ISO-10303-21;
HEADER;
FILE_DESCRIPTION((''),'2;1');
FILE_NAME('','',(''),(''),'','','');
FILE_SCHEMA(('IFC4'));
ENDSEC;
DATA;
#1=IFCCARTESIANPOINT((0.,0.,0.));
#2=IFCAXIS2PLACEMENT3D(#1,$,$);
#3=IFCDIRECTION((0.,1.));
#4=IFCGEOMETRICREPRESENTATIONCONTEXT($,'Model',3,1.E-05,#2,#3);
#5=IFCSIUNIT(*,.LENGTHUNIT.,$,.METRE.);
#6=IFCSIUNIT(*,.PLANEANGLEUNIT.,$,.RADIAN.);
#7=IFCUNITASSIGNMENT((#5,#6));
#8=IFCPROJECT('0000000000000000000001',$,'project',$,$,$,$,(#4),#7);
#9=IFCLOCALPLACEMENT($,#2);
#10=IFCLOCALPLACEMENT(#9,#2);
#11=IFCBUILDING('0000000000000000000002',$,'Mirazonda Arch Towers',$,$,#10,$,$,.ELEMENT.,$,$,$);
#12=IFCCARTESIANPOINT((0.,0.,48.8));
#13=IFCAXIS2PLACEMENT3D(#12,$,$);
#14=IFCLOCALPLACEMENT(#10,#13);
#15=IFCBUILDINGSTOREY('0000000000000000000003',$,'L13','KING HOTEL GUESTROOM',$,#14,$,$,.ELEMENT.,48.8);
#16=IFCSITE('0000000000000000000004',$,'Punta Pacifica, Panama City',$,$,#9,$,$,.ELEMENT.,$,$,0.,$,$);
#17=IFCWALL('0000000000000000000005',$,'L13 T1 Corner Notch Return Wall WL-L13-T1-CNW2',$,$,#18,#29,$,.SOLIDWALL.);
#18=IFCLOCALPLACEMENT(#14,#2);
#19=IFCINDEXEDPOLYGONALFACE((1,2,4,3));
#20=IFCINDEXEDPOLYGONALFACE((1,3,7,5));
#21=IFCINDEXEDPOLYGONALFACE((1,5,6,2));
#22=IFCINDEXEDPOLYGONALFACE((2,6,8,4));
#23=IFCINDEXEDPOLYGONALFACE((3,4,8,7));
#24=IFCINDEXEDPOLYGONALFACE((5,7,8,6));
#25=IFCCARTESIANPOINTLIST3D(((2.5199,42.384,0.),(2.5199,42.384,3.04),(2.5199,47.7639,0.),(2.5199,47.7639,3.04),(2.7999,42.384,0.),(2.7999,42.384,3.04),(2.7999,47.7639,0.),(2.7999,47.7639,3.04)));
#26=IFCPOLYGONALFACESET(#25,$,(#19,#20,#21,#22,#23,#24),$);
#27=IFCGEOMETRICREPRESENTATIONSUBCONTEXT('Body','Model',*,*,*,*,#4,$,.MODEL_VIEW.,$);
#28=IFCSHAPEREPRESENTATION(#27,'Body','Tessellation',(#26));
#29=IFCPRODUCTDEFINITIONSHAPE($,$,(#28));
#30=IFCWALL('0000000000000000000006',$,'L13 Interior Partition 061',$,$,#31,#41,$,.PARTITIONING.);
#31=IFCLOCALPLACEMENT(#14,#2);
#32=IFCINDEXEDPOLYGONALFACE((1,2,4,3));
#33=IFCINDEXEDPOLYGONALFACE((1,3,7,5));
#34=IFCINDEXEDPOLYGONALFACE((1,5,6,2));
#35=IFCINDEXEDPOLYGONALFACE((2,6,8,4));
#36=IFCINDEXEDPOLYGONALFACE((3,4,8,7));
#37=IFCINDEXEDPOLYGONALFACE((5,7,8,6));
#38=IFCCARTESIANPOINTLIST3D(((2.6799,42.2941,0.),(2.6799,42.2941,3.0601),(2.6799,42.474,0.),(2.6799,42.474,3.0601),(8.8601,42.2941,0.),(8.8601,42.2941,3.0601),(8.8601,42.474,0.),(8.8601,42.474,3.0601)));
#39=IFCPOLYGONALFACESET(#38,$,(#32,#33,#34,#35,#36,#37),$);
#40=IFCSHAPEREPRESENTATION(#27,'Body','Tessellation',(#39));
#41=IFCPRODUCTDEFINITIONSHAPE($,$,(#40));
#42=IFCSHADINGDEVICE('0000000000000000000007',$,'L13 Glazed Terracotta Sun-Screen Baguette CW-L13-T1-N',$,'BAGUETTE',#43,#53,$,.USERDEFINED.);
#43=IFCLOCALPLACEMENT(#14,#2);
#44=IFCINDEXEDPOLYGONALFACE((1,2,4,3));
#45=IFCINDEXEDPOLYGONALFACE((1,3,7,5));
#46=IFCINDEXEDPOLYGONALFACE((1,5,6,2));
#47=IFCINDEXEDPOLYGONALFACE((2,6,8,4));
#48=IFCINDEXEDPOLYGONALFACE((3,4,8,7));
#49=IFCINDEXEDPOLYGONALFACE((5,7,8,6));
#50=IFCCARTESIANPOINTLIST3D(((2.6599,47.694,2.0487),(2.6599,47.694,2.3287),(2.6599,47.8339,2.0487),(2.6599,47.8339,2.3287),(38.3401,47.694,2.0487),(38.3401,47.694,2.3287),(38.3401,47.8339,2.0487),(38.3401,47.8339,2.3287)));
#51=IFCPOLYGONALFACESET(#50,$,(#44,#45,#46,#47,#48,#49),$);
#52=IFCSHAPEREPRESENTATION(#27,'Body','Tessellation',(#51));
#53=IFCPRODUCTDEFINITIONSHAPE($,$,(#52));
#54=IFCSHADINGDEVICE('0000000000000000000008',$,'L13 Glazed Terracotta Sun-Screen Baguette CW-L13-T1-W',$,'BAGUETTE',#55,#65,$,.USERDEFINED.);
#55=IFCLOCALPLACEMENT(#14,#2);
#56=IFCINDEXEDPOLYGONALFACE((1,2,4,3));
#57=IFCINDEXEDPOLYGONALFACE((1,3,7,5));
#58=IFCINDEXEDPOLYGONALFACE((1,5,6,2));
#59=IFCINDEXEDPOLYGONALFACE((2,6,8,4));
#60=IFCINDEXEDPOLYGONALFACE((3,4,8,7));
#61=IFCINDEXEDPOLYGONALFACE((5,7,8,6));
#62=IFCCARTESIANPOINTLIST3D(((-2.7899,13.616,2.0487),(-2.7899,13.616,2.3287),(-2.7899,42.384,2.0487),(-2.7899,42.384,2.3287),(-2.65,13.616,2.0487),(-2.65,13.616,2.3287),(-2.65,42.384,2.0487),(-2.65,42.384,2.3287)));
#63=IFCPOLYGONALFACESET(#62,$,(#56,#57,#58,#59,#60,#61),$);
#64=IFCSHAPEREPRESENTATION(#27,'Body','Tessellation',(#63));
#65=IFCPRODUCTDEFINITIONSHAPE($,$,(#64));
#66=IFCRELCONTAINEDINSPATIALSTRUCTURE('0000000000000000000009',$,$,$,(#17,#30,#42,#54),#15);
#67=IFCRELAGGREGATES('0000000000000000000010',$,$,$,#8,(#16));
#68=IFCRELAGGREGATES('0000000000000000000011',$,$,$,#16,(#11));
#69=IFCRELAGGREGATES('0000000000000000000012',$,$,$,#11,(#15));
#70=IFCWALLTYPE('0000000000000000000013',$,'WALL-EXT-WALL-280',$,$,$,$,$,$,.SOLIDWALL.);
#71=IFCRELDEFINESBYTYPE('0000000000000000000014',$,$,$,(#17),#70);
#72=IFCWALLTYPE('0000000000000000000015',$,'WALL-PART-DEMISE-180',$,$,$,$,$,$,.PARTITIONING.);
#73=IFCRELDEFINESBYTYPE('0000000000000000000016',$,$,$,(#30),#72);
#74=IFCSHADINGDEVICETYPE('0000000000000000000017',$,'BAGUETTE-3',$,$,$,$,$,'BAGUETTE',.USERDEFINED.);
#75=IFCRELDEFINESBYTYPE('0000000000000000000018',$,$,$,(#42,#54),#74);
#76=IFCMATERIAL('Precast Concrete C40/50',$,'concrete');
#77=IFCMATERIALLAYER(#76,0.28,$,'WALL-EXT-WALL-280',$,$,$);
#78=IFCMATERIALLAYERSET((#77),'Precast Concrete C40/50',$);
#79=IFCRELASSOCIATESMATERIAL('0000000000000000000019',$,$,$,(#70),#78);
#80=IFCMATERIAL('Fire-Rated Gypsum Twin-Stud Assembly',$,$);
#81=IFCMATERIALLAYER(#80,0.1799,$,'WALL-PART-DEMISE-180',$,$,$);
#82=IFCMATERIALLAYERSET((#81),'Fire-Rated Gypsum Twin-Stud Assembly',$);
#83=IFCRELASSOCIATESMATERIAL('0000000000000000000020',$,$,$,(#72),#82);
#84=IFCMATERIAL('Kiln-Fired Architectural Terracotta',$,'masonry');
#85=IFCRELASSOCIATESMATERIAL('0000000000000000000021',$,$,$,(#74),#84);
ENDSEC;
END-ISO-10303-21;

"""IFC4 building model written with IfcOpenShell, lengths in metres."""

from ifc_helpers import new_model, si_unit, direction, frame, frame_2d, origin, origin_2d, place, context, subcontext, project, spatial, rectangle, extrude, material, layer, layer_set, material_profile, profile_set, type_object, element, save


model = new_model("IFC4")

# Units and contexts
model_context = context("Model", 3, precision=1e-05, world=origin(), true_north=direction((0.0, 1.0)))
body_context = subcontext(model_context, "Body", "Model", "MODEL_VIEW")
ifc_project = project(units=[si_unit("LENGTHUNIT", "METRE"), si_unit("PLANEANGLEUNIT", "RADIAN")], contexts=[model_context])

# Site, building, storey
site_placement = place(None, origin())
site = spatial("IfcSite", under=ifc_project, at=site_placement, Name="Punta Pacifica, Panama City", CompositionType="ELEMENT", RefElevation=0.0)
building_placement = place(site_placement, origin())
building = spatial("IfcBuilding", under=site, at=building_placement, Name="Mirazonda Arch Towers", CompositionType="ELEMENT")
storey_placement = place(building_placement, frame((0.0, 0.0, 48.8)))
storey = spatial("IfcBuildingStorey", under=building, at=storey_placement, Name="L13", Description="KING HOTEL GUESTROOM", CompositionType="ELEMENT", Elevation=48.8)

# Shared definitions
ifc_material_1 = material(Name="Precast Concrete C40/50", Category="concrete")
ifc_layer_1 = layer(ifc_material_1, 0.28, Name="WALL-EXT-WALL-280")
ifc_layer_set_1 = layer_set([ifc_layer_1], Name="Precast Concrete C40/50")
wall_type_1 = type_object("IfcWallType", Name="WALL-EXT-WALL-280", PredefinedType="SOLIDWALL", material=ifc_layer_set_1)

# Walls
wall_1_placement = place(storey_placement, frame((2.6599, 47.7639, 0.0), z_axis=(0.0, 0.0, 1.0), x_axis=(0.0, -1.0, 0.0)))
element("IfcWall", 1, at=wall_1_placement, inside=storey, type_object=wall_type_1, Name="L13 T1 Corner Notch Return Wall WL-L13-T1-CNW2", PredefinedType="SOLIDWALL", context=body_context, shape_type="SweptSolid", body=[
    extrude(rectangle(XDim=5.3799, YDim=0.28, at=frame_2d((2.6899, 0.0))), origin(), (0.0, 0.0, 1.0), 3.04),
])
ifc_material_2 = material(Name="Fire-Rated Gypsum Twin-Stud Assembly")
ifc_layer_2 = layer(ifc_material_2, 0.1799, Name="WALL-PART-DEMISE-180")
ifc_layer_set_2 = layer_set([ifc_layer_2], Name="Fire-Rated Gypsum Twin-Stud Assembly")
wall_type_2 = type_object("IfcWallType", Name="WALL-PART-DEMISE-180", PredefinedType="PARTITIONING", material=ifc_layer_set_2)
wall_2_placement = place(storey_placement, frame((2.6799, 42.384, 0.0), z_axis=(0.0, 0.0, 1.0), x_axis=(1.0, 0.0, 0.0)))
element("IfcWall", 2, at=wall_2_placement, inside=storey, type_object=wall_type_2, Name="L13 Interior Partition 061", PredefinedType="PARTITIONING", context=body_context, shape_type="SweptSolid", body=[
    extrude(rectangle(XDim=6.1802, YDim=0.1799, at=frame_2d((3.0901, 0.0))), origin(), (0.0, 0.0, 1.0), 3.0601),
])

# Shading devices
ifc_material_3 = material(Name="Kiln-Fired Architectural Terracotta", Category="masonry")
ifc_material_profile_1 = material_profile(ifc_material_3, rectangle(XDim=0.1399, YDim=0.28, at=origin_2d()), Name="TERRA-BAG-140x280")
ifc_profile_set_1 = profile_set([ifc_material_profile_1], Name="Kiln-Fired Architectural Terracotta")
shading_device_type = type_object("IfcShadingDeviceType", Name="BAGUETTE-3", ElementType="BAGUETTE", PredefinedType="USERDEFINED", material=ifc_profile_set_1)
shading_device_1_placement = place(storey_placement, frame((2.6599, 47.7639, 2.1887), z_axis=(1.0, 0.0, 0.0), x_axis=(0.0, 1.0, 0.0)))
element("IfcShadingDevice", 3, at=shading_device_1_placement, inside=storey, type_object=shading_device_type, Name="L13 Glazed Terracotta Sun-Screen Baguette CW-L13-T1-N", ObjectType="BAGUETTE", PredefinedType="USERDEFINED", context=body_context, shape_type="SweptSolid", body=[
    extrude(rectangle(XDim=0.1399, YDim=0.28, at=origin_2d()), origin(), (0.0, 0.0, 1.0), 35.6802),
])
shading_device_2_placement = place(storey_placement, frame((-2.72, 42.384, 2.1887), z_axis=(0.0, -1.0, 0.0), x_axis=(1.0, 0.0, 0.0)))
element("IfcShadingDevice", 4, at=shading_device_2_placement, inside=storey, type_object=shading_device_type, Name="L13 Glazed Terracotta Sun-Screen Baguette CW-L13-T1-W", ObjectType="BAGUETTE", PredefinedType="USERDEFINED", context=body_context, shape_type="SweptSolid", body=[
    extrude(rectangle(XDim=0.1399, YDim=0.28, at=origin_2d()), origin(), (0.0, 0.0, 1.0), 28.7681),
])

save(model, "model.ifc")
